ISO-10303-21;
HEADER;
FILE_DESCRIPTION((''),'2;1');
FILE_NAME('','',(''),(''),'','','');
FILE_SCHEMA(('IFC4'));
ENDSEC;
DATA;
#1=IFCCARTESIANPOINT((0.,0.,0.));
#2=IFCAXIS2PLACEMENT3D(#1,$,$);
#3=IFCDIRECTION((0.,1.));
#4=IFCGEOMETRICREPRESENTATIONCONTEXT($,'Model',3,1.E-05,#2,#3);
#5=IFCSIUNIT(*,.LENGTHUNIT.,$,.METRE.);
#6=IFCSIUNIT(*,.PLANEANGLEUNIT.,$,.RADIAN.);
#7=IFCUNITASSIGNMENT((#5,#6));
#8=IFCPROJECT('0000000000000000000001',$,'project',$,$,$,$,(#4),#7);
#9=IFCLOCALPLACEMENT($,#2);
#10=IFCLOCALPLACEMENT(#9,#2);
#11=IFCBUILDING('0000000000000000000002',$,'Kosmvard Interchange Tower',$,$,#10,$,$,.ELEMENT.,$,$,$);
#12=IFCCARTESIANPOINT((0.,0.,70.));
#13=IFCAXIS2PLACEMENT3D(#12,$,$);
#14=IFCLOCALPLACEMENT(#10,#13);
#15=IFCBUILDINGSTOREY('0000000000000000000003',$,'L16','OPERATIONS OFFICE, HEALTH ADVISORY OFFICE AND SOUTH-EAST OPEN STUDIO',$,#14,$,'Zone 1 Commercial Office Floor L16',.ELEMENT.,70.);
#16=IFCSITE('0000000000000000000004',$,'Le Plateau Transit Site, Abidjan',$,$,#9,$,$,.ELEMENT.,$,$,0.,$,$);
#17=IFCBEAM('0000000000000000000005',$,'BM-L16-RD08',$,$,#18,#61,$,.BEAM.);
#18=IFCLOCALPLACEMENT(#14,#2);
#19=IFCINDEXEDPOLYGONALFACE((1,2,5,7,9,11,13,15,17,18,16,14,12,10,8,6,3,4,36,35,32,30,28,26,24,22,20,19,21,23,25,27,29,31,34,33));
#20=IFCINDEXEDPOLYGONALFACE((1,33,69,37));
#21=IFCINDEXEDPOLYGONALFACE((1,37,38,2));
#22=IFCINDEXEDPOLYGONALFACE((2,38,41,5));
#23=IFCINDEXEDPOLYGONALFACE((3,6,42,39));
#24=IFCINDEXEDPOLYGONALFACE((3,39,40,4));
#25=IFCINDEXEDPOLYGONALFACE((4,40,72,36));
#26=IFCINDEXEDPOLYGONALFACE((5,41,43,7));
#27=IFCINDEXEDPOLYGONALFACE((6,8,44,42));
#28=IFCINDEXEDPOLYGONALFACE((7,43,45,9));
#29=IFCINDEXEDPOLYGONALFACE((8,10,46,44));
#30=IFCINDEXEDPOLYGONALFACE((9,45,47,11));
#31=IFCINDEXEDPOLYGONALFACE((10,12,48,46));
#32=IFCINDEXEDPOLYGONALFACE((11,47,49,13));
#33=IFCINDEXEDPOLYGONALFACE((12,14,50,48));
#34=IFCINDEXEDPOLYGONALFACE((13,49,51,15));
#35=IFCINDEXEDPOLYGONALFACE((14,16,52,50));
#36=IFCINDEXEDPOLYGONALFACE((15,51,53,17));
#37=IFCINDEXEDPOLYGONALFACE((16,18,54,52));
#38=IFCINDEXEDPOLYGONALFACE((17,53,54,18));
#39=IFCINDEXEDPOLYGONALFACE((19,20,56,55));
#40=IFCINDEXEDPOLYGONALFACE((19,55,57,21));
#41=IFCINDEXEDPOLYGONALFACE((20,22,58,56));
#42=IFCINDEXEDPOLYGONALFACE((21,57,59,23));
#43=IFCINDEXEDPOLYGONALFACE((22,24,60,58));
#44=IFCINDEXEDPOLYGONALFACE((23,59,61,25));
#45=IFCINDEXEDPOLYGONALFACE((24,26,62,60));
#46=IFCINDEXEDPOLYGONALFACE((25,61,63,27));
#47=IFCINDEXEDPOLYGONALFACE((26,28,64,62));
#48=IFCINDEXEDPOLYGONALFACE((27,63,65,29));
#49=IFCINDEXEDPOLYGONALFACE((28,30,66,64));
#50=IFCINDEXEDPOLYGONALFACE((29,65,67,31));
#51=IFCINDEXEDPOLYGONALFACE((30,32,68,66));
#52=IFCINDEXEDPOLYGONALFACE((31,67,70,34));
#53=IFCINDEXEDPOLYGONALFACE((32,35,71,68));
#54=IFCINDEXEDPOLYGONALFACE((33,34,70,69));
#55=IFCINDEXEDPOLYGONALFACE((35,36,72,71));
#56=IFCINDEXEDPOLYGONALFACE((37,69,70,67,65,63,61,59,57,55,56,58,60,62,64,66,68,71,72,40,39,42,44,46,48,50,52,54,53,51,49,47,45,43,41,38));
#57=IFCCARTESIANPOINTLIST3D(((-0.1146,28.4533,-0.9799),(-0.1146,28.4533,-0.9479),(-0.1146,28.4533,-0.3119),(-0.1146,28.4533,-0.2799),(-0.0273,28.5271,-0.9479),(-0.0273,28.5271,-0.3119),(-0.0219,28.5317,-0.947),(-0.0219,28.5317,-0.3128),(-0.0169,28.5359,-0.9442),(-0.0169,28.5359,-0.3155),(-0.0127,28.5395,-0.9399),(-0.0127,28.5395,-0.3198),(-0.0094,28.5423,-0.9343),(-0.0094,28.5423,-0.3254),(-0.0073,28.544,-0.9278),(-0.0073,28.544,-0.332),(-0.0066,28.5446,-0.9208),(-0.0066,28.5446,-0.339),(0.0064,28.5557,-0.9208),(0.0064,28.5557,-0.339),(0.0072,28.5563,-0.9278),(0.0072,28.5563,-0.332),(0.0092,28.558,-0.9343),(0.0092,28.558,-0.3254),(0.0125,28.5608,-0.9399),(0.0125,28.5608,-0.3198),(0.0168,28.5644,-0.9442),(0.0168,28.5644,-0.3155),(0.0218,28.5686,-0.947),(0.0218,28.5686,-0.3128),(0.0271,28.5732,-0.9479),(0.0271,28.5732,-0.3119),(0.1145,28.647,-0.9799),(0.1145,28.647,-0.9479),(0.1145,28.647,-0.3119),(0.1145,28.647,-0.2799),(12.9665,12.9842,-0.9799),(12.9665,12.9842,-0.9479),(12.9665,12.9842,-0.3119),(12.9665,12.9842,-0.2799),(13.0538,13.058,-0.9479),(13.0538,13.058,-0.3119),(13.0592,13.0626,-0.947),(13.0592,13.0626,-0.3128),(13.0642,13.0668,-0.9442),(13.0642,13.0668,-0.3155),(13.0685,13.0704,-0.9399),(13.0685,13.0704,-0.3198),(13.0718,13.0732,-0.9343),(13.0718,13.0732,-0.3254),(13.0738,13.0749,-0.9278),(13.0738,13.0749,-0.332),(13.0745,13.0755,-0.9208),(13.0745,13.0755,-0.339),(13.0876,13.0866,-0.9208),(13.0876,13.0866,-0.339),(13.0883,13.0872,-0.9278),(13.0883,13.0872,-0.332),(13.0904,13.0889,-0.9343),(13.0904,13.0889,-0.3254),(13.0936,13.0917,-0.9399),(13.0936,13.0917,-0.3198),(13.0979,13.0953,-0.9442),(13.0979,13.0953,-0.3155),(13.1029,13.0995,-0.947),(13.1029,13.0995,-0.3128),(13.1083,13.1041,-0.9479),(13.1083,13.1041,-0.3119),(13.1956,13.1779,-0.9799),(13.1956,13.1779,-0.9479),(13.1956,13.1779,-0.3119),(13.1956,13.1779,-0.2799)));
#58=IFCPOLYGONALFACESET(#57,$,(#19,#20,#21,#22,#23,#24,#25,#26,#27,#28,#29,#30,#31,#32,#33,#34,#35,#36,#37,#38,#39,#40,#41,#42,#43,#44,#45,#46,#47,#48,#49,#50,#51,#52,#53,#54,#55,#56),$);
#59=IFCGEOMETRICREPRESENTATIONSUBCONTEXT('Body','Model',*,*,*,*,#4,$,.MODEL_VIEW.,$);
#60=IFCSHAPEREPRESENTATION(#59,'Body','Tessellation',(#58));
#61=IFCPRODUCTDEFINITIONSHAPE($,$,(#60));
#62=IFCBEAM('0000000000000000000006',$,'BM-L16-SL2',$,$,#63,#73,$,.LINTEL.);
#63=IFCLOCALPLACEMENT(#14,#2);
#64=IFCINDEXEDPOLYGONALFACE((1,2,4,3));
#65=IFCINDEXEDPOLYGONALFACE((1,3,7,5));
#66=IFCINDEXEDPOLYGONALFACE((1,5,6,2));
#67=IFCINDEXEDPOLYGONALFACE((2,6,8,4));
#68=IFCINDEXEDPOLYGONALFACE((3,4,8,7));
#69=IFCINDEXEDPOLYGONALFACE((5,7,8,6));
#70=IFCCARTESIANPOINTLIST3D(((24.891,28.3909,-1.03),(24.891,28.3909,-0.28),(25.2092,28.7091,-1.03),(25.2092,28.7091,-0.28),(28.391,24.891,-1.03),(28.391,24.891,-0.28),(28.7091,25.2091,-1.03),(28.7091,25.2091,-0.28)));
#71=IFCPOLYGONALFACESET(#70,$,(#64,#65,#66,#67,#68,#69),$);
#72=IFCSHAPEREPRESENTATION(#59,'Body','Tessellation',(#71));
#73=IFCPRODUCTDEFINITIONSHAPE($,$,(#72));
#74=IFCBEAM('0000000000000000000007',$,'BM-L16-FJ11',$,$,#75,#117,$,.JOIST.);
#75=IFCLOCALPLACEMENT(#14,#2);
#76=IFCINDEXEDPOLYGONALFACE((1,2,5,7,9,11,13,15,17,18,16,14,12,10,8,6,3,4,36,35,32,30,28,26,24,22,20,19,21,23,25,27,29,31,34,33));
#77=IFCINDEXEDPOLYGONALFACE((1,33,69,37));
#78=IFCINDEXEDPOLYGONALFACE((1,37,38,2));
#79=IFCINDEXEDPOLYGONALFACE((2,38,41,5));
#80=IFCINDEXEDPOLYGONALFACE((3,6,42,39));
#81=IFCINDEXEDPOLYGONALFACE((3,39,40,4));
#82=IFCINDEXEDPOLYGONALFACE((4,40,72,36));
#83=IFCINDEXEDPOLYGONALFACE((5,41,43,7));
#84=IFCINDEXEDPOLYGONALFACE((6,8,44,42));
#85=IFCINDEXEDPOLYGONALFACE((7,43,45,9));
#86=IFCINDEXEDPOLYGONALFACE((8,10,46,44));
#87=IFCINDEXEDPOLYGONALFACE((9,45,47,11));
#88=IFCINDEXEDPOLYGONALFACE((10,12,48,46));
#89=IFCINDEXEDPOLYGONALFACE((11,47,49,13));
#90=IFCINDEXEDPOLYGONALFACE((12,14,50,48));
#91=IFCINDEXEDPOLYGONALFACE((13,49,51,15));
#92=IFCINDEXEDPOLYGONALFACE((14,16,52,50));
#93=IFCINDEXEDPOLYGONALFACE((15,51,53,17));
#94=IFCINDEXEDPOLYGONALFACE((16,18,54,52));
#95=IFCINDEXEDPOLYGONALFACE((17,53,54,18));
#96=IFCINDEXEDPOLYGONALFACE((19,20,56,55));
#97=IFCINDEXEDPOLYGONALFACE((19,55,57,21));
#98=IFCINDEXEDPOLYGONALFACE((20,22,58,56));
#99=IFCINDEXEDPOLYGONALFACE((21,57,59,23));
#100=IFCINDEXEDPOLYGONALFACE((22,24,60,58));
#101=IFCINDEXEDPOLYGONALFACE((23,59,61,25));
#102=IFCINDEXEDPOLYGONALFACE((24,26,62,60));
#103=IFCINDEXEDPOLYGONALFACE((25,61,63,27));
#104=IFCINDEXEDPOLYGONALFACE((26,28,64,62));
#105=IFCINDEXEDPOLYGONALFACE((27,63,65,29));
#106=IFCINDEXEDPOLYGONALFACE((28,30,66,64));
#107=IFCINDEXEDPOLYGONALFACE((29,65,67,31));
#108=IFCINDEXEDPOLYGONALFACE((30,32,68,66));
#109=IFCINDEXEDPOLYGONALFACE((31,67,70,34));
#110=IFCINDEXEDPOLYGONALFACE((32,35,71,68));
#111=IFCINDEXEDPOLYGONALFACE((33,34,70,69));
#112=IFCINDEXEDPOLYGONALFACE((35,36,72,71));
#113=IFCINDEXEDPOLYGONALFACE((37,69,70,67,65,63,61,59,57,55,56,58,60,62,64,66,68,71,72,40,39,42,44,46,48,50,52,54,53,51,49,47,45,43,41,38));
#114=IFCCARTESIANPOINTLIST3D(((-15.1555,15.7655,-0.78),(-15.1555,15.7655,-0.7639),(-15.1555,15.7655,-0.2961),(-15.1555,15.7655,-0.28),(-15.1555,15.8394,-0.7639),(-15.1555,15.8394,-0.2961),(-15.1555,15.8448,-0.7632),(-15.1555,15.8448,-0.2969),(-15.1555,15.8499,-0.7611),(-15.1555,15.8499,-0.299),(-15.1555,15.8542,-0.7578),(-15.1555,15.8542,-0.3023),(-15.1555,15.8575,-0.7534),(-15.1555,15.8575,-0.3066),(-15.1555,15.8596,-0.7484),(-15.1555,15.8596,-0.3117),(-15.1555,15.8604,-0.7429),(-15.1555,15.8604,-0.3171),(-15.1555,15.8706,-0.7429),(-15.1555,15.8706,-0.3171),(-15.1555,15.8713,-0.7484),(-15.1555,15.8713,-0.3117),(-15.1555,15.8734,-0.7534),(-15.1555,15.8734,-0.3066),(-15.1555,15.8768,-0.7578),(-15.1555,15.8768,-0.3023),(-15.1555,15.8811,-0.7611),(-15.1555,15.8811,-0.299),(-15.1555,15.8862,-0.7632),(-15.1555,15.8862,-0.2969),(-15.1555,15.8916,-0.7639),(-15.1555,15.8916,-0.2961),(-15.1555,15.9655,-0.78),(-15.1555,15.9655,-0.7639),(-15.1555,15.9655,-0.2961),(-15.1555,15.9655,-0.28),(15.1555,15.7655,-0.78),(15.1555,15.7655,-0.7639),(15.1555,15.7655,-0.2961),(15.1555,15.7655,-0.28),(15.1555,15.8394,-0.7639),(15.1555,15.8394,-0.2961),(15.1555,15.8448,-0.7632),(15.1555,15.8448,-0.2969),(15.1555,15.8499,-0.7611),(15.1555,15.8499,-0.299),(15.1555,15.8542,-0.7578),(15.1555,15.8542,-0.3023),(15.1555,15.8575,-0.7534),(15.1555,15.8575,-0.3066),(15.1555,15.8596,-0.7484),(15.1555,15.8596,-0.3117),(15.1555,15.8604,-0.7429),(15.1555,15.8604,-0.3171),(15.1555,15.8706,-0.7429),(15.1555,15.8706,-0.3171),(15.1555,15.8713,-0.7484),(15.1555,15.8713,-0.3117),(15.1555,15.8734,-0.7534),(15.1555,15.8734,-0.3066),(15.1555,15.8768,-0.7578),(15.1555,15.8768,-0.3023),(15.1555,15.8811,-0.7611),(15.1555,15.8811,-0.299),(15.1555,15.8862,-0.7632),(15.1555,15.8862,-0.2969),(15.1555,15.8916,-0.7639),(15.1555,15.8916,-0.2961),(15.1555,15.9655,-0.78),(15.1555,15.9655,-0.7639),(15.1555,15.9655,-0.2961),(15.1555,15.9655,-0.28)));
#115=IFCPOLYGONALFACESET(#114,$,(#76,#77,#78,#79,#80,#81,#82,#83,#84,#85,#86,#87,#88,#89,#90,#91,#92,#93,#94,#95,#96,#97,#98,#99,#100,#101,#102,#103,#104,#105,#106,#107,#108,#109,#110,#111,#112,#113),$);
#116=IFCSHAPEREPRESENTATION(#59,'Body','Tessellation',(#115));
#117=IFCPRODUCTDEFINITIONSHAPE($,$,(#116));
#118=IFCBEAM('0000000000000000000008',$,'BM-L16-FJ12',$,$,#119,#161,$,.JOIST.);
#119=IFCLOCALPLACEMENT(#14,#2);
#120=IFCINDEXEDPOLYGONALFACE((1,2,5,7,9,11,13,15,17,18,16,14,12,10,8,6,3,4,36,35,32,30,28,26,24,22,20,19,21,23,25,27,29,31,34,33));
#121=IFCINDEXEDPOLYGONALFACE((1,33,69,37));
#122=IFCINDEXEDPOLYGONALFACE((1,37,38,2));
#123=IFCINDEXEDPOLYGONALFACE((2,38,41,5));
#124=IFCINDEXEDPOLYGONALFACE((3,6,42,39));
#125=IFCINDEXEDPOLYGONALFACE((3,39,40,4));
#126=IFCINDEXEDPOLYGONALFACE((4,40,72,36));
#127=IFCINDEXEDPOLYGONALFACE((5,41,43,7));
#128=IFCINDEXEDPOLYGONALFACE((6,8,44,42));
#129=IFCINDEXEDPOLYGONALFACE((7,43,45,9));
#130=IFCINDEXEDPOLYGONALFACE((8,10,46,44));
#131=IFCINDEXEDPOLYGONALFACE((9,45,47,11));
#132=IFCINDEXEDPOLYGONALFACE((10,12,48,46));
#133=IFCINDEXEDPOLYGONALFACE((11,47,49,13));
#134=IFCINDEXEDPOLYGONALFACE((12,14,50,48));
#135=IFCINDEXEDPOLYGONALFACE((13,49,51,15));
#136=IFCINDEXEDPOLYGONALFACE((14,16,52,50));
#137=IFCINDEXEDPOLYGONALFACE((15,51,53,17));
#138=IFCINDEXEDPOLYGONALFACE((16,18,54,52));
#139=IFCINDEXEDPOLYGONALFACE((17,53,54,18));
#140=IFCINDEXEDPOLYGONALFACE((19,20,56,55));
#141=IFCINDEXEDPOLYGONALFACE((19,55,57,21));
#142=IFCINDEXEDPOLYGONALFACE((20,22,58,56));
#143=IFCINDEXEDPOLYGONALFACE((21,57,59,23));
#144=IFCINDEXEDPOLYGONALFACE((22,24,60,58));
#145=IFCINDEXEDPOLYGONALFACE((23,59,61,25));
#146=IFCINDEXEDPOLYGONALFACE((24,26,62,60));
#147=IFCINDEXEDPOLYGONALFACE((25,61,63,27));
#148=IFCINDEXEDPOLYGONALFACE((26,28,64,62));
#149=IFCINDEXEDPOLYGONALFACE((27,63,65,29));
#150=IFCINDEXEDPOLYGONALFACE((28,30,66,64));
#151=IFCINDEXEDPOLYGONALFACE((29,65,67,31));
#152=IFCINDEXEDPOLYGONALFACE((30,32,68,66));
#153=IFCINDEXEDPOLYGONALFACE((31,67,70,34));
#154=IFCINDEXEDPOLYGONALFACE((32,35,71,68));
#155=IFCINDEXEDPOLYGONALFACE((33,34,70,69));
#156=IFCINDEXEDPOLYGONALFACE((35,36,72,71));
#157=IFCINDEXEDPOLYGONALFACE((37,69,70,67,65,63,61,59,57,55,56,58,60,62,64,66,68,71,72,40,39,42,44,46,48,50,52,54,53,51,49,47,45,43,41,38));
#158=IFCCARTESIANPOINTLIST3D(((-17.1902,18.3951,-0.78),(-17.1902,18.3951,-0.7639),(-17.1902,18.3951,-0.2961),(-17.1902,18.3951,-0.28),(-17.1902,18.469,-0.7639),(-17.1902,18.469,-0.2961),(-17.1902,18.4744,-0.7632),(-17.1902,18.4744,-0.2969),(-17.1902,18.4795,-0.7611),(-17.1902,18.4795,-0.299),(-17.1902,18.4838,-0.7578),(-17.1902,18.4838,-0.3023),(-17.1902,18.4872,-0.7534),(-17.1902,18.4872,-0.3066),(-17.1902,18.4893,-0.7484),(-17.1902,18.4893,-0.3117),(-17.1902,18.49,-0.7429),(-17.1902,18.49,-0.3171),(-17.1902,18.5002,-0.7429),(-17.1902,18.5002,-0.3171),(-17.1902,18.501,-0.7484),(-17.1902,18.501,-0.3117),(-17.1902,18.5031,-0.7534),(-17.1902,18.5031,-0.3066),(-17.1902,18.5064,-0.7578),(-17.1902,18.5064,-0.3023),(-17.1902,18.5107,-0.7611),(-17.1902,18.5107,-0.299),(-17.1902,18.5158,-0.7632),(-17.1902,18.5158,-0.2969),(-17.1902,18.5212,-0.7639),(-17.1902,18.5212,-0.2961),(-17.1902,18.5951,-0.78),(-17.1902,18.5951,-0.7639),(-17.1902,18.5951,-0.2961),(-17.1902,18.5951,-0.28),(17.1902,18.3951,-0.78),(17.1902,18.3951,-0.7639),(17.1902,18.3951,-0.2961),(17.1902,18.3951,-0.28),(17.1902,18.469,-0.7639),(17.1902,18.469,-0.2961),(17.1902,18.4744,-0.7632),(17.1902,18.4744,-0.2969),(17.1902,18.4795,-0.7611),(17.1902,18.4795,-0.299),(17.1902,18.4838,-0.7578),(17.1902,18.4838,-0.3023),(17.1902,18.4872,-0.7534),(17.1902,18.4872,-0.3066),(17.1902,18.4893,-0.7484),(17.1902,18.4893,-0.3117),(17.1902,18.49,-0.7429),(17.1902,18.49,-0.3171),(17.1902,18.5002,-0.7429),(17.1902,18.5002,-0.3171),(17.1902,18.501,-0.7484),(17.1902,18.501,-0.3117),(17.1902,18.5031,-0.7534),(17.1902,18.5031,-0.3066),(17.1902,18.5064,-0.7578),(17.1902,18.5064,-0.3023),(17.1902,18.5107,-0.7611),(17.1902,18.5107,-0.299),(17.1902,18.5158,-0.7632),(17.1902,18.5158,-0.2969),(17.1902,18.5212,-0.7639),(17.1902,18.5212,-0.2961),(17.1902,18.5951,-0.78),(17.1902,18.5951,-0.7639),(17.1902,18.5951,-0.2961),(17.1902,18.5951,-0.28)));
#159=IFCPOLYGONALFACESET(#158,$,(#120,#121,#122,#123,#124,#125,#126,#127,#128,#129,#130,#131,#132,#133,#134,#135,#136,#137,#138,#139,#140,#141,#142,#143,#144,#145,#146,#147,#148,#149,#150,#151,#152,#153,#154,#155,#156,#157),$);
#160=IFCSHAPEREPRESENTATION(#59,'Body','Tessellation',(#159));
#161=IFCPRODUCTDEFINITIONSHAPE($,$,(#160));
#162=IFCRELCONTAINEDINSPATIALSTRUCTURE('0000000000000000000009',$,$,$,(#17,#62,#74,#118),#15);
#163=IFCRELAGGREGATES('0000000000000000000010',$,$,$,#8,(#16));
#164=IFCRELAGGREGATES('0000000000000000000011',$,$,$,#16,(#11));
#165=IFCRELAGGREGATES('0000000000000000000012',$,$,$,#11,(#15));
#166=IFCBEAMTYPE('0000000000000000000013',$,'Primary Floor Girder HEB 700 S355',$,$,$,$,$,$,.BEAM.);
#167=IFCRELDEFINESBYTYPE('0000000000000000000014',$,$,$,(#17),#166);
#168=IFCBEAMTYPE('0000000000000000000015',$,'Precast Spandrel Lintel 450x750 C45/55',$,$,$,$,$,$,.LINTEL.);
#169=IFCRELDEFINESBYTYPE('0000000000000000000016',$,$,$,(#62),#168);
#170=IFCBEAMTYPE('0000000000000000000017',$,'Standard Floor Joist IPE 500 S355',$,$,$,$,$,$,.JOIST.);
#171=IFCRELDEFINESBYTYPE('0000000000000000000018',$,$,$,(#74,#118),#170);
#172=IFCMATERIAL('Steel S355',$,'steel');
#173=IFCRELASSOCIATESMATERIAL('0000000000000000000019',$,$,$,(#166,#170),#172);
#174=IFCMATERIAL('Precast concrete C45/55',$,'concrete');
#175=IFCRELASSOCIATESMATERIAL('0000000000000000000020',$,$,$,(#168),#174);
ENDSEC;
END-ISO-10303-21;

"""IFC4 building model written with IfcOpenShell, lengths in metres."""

from ifc_helpers import new_model, si_unit, direction, frame, origin, origin_2d, place, context, subcontext, project, spatial, rectangle, i_section, extrude, source, transform, mapped, material, material_profile, profile_set, type_object, element, save


model = new_model("IFC4")

# Units and contexts
model_context = context("Model", 3, precision=1e-05, world=origin(), true_north=direction((0.0, 1.0)))
body_context = subcontext(model_context, "Body", "Model", "MODEL_VIEW")
ifc_project = project(units=[si_unit("LENGTHUNIT", "METRE"), si_unit("PLANEANGLEUNIT", "RADIAN")], contexts=[model_context])

# Site, building, storey
site_placement = place(None, origin())
site = spatial("IfcSite", under=ifc_project, at=site_placement, Name="Le Plateau Transit Site, Abidjan", CompositionType="ELEMENT", RefElevation=0.0)
building_placement = place(site_placement, origin())
building = spatial("IfcBuilding", under=site, at=building_placement, Name="Kosmvard Interchange Tower", CompositionType="ELEMENT")
storey_placement = place(building_placement, frame((0.0, 0.0, 70.0)))
storey = spatial("IfcBuildingStorey", under=building, at=storey_placement, Name="L16", Description="OPERATIONS OFFICE, HEALTH ADVISORY OFFICE AND SOUTH-EAST OPEN STUDIO", LongName="Zone 1 Commercial Office Floor L16", CompositionType="ELEMENT", Elevation=70.0)

# Beams
ifc_material_1 = material(Name="Steel S355", Category="steel")
ifc_material_profile_1 = material_profile(ifc_material_1, i_section(OverallWidth=0.3, OverallDepth=0.7, WebThickness=0.0171, FlangeThickness=0.032, FilletRadius=0.0271, at=origin_2d()), Name="HEB 700")
ifc_profile_set_1 = profile_set([ifc_material_profile_1], Name="Steel S355")
beam_type_1 = type_object("IfcBeamType", Name="Primary Floor Girder HEB 700 S355", PredefinedType="BEAM", material=ifc_profile_set_1)
shared_shape_1 = source(origin(), body_context, "Body", "SweptSolid", [
    extrude(i_section(OverallWidth=0.3, OverallDepth=0.7, WebThickness=0.0171, FlangeThickness=0.032, FilletRadius=0.0271, at=origin_2d()), origin(), (0.0, 0.0, 1.0), 20.2585),
])
beam_1_placement = place(storey_placement, frame((13.0811, 13.0811, -0.6299), z_axis=(-0.645709, 0.763583, 0.0), x_axis=(-0.763583, -0.645709, 0.0)))
element("IfcBeam", 1, at=beam_1_placement, inside=storey, type_object=beam_type_1, Name="BM-L16-RD08", PredefinedType="BEAM", context=body_context, shape_type="MappedRepresentation", body=[
    mapped(shared_shape_1, transform((0.0, 0.0, 0.0), scale=1.0)),
])
ifc_material_2 = material(Name="Precast concrete C45/55", Category="concrete")
ifc_material_profile_2 = material_profile(ifc_material_2, rectangle(XDim=0.45, YDim=0.75, at=origin_2d()), Name="SL 450x750")
ifc_profile_set_2 = profile_set([ifc_material_profile_2], Name="Precast concrete C45/55")
beam_type_2 = type_object("IfcBeamType", Name="Precast Spandrel Lintel 450x750 C45/55", PredefinedType="LINTEL", material=ifc_profile_set_2)
shared_shape_2 = source(origin(), body_context, "Body", "SweptSolid", [
    extrude(rectangle(XDim=0.45, YDim=0.75, at=origin_2d()), origin(), (0.0, 0.0, 1.0), 4.9497),
])
beam_2_placement = place(storey_placement, frame((28.55, 25.05, -0.655), z_axis=(-0.707107, 0.707107, 0.0), x_axis=(-0.707107, -0.707107, 0.0)))
element("IfcBeam", 2, at=beam_2_placement, inside=storey, type_object=beam_type_2, Name="BM-L16-SL2", PredefinedType="LINTEL", context=body_context, shape_type="MappedRepresentation", body=[
    mapped(shared_shape_2, transform((0.0, 0.0, 0.0), scale=1.0)),
])
ifc_material_profile_3 = material_profile(ifc_material_1, i_section(OverallWidth=0.2, OverallDepth=0.5, WebThickness=0.0103, FlangeThickness=0.0161, FilletRadius=0.021, at=origin_2d()), Name="IPE 500")
ifc_profile_set_3 = profile_set([ifc_material_profile_3], Name="Steel S355")
beam_type_3 = type_object("IfcBeamType", Name="Standard Floor Joist IPE 500 S355", PredefinedType="JOIST", material=ifc_profile_set_3)
shared_shape_3 = source(origin(), body_context, "Body", "SweptSolid", [
    extrude(i_section(OverallWidth=0.2, OverallDepth=0.5, WebThickness=0.0103, FlangeThickness=0.0161, FilletRadius=0.021, at=origin_2d()), origin(), (0.0, 0.0, 1.0), 30.311),
])
beam_3_placement = place(storey_placement, frame((15.1555, 15.8655, -0.53), z_axis=(-1.0, 0.0, 0.0), x_axis=(0.0, -1.0, 0.0)))
element("IfcBeam", 3, at=beam_3_placement, inside=storey, type_object=beam_type_3, Name="BM-L16-FJ11", PredefinedType="JOIST", context=body_context, shape_type="MappedRepresentation", body=[
    mapped(shared_shape_3, transform((0.0, 0.0, 0.0), scale=1.0)),
])
shared_shape_4 = source(origin(), body_context, "Body", "SweptSolid", [
    extrude(i_section(OverallWidth=0.2, OverallDepth=0.5, WebThickness=0.0103, FlangeThickness=0.0161, FilletRadius=0.021, at=origin_2d()), origin(), (0.0, 0.0, 1.0), 34.3804),
])
beam_4_placement = place(storey_placement, frame((17.1902, 18.4951, -0.53), z_axis=(-1.0, 0.0, 0.0), x_axis=(0.0, -1.0, 0.0)))
element("IfcBeam", 4, at=beam_4_placement, inside=storey, type_object=beam_type_3, Name="BM-L16-FJ12", PredefinedType="JOIST", context=body_context, shape_type="MappedRepresentation", body=[
    mapped(shared_shape_4, transform((0.0, 0.0, 0.0), scale=1.0)),
])

save(model, "model.ifc")
